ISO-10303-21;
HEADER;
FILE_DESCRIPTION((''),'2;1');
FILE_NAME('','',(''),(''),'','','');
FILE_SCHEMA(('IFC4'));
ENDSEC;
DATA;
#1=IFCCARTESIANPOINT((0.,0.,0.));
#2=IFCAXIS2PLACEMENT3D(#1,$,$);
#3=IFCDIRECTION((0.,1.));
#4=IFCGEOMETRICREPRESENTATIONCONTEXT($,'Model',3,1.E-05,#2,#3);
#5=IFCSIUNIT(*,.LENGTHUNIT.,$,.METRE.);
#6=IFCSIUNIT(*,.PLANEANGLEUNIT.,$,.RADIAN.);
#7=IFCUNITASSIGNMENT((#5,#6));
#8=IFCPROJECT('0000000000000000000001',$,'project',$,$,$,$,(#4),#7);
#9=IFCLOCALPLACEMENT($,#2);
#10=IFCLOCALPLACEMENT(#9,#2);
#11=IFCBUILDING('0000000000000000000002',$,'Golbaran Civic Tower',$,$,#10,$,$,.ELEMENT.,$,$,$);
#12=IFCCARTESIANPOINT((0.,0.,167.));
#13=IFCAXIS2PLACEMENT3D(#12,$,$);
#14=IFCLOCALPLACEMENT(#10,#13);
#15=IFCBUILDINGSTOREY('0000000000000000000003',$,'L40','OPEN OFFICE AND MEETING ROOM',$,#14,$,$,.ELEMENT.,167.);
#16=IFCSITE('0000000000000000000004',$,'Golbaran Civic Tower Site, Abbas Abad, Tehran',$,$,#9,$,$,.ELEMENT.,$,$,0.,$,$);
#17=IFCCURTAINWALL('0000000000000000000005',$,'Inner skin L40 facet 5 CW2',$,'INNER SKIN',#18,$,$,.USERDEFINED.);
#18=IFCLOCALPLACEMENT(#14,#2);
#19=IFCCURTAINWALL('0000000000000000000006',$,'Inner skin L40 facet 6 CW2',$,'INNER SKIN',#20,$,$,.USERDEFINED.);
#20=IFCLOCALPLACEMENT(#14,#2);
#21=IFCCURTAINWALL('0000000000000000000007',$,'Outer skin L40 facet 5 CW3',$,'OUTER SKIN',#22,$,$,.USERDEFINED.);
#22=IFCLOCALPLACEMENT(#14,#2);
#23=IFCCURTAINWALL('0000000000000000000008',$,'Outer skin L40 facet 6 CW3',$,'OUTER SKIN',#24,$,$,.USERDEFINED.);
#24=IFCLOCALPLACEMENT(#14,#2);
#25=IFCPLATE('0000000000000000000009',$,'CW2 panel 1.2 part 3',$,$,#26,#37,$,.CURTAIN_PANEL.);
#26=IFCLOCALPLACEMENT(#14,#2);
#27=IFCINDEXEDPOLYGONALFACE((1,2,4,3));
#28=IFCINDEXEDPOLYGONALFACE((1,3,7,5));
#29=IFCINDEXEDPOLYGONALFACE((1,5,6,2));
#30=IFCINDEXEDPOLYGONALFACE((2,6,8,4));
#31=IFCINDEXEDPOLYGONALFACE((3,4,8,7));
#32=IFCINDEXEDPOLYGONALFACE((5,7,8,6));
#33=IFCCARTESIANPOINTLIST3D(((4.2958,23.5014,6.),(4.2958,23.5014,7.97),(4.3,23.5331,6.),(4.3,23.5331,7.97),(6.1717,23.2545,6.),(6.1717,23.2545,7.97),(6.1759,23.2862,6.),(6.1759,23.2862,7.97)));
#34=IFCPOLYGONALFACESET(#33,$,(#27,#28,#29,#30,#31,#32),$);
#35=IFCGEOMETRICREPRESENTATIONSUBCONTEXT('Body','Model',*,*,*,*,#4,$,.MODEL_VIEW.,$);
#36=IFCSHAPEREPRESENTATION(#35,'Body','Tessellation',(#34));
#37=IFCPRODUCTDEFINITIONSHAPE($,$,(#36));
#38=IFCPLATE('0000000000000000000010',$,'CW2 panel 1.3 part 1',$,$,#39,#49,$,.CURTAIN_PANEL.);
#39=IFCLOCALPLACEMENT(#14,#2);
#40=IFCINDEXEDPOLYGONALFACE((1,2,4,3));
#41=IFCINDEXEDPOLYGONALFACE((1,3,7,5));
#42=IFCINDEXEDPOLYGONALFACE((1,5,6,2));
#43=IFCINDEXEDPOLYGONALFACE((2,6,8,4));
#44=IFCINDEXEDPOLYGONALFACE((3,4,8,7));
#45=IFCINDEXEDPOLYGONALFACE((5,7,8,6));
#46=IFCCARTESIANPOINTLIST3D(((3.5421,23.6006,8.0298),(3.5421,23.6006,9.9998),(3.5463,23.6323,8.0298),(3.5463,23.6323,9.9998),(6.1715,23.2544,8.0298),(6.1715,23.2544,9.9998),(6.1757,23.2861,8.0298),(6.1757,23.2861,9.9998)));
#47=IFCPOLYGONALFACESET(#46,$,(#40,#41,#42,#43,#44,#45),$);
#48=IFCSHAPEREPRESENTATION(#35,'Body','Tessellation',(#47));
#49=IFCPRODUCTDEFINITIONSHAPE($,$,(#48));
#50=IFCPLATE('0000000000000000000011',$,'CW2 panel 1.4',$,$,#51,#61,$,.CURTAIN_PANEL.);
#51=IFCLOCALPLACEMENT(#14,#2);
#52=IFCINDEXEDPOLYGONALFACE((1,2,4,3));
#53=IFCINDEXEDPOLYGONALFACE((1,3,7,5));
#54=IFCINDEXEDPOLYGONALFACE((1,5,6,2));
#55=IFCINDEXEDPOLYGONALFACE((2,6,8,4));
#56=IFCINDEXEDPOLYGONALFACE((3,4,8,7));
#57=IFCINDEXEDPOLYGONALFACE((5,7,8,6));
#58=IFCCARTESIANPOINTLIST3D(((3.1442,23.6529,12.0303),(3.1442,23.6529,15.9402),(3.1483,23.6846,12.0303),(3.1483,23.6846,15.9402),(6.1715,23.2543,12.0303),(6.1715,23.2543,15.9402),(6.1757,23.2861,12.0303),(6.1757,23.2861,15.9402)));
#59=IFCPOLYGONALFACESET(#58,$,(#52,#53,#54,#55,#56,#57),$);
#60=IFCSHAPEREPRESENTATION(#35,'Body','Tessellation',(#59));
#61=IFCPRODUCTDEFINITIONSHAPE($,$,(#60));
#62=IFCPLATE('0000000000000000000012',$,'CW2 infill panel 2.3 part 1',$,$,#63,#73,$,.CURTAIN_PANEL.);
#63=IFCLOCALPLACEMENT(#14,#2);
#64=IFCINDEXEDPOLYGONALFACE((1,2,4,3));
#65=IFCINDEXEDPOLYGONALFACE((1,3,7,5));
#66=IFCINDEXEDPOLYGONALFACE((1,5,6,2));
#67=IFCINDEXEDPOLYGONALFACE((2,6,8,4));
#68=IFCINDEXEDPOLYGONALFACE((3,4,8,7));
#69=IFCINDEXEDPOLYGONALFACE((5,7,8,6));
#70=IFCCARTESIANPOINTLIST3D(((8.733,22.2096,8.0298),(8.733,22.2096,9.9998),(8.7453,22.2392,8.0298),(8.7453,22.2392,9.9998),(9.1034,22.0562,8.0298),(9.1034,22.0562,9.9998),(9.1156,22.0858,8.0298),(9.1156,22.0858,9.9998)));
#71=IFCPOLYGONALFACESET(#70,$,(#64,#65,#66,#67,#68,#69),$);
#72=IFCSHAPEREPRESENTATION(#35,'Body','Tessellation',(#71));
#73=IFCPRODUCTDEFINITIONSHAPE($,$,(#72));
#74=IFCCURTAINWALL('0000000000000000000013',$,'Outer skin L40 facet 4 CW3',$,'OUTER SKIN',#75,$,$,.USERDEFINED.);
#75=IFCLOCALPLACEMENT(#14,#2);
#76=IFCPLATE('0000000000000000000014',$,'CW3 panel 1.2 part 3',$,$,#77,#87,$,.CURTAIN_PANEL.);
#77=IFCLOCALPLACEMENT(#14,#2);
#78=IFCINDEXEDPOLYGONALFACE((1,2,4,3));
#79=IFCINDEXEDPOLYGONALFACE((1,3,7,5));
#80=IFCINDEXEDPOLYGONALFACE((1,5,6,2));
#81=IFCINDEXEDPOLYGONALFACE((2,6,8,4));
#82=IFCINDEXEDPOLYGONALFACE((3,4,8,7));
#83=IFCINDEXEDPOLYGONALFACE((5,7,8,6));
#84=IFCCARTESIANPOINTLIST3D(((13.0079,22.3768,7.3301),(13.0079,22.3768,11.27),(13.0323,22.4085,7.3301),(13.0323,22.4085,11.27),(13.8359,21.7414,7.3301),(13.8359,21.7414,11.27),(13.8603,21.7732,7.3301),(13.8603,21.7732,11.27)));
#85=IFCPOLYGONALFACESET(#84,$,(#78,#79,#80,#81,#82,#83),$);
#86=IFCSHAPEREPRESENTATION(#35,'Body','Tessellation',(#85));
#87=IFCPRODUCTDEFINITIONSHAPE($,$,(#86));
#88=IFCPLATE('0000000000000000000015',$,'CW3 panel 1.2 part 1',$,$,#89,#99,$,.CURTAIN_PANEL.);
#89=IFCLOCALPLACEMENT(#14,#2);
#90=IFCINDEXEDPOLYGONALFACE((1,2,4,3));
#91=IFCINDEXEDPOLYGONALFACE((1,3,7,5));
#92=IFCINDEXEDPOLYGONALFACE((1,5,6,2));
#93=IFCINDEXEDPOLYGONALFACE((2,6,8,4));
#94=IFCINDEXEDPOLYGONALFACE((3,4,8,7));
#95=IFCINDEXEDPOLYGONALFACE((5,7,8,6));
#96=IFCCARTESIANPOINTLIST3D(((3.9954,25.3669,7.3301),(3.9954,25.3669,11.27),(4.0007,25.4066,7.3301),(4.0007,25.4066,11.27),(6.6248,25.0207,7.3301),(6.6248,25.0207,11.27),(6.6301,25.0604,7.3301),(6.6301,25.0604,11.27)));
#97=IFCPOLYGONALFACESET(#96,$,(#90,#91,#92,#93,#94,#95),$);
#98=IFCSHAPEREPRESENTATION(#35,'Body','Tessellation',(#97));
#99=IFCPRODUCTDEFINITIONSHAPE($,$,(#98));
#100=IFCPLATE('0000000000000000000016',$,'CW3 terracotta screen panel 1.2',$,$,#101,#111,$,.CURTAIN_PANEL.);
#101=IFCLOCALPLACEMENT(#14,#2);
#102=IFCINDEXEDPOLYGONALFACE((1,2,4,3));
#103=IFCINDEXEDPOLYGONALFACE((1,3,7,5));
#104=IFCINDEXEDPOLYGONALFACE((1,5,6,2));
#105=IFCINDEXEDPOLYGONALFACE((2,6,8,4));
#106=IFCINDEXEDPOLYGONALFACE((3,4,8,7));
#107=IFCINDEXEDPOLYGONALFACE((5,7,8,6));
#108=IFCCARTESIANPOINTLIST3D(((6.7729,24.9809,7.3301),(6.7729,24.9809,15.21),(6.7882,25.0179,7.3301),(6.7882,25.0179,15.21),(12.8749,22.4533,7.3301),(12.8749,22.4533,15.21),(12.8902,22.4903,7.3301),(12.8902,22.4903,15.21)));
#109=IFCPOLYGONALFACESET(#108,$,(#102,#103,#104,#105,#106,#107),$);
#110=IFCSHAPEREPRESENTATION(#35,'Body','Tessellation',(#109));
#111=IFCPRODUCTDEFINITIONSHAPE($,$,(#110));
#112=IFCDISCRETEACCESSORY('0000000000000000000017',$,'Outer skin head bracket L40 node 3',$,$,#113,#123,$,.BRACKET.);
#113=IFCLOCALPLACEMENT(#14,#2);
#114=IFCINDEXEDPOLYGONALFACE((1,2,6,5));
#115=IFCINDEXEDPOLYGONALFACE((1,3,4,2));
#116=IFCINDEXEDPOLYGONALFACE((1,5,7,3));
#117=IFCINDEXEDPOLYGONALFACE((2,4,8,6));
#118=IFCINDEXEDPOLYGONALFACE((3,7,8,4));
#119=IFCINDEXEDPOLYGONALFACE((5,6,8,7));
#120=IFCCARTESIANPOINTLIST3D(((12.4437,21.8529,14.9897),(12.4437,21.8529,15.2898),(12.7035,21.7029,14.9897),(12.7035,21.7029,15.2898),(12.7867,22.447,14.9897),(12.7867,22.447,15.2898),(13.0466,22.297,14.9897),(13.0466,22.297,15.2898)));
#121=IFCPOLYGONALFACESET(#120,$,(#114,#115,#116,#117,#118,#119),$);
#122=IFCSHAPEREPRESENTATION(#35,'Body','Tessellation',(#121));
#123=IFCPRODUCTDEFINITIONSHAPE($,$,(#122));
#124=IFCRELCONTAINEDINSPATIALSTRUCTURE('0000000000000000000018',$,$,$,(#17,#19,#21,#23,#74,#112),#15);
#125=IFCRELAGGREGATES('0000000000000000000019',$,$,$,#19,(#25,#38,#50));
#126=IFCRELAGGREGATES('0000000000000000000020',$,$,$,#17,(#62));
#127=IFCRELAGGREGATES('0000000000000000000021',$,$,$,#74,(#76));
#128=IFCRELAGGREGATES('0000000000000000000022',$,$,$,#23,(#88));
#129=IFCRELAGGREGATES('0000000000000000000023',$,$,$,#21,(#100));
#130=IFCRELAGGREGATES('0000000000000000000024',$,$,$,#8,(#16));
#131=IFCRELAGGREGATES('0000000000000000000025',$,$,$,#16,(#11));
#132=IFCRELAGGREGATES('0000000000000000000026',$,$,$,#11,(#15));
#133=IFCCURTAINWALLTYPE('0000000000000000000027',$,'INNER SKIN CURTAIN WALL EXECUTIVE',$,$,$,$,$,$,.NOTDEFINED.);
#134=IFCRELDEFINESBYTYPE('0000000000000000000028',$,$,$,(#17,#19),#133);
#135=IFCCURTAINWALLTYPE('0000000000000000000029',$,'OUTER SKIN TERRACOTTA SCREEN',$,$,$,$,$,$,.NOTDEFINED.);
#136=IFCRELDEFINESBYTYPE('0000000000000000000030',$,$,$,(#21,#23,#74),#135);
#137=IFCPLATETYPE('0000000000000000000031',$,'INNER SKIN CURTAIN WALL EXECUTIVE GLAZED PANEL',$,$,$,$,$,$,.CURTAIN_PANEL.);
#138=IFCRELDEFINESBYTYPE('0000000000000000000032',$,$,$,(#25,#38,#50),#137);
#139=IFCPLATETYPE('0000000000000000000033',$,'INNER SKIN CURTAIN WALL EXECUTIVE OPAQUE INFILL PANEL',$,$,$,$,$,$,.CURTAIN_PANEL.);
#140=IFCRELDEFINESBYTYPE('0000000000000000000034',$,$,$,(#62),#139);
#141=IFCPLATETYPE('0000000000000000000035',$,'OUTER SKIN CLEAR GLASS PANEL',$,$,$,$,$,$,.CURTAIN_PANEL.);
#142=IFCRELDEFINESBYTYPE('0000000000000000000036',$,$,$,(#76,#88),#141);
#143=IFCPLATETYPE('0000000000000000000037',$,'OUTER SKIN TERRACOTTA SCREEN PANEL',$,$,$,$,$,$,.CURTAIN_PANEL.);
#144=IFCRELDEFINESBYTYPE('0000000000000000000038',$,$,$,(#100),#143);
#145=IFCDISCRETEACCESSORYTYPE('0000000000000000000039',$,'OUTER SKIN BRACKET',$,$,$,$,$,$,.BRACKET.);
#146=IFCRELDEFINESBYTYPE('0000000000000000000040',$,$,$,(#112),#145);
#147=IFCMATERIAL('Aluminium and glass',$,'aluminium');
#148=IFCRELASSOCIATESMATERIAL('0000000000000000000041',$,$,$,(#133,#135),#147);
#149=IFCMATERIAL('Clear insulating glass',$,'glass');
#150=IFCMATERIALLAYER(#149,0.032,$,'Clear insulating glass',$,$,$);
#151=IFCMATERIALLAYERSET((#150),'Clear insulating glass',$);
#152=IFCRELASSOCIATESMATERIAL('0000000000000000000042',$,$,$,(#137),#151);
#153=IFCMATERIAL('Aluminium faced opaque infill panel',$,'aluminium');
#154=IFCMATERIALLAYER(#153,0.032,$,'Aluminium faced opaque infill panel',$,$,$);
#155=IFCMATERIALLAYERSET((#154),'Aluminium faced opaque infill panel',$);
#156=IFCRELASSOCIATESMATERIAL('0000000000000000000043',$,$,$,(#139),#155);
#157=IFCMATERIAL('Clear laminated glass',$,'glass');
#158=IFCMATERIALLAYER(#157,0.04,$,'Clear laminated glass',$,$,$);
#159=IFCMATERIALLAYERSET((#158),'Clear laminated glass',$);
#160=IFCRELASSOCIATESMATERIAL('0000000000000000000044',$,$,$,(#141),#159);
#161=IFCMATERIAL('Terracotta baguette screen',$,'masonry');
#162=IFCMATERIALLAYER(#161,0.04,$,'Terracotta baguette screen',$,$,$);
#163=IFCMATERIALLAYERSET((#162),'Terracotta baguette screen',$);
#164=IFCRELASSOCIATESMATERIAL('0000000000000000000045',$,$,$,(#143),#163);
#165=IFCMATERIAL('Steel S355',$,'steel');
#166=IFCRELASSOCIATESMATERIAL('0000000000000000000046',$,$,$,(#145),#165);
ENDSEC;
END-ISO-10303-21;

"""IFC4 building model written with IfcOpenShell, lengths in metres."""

from ifc_helpers import new_model, si_unit, direction, frame, origin, origin_2d, place, context, subcontext, project, spatial, rectangle, extrude, material, layer, layer_set, type_object, element, aggregate, save


model = new_model("IFC4")

# Units and contexts
model_context = context("Model", 3, precision=1e-05, world=origin(), true_north=direction((0.0, 1.0)))
body_context = subcontext(model_context, "Body", "Model", "MODEL_VIEW")
ifc_project = project(units=[si_unit("LENGTHUNIT", "METRE"), si_unit("PLANEANGLEUNIT", "RADIAN")], contexts=[model_context])

# Site, building, storey
site_placement = place(None, origin())
site = spatial("IfcSite", under=ifc_project, at=site_placement, Name="Golbaran Civic Tower Site, Abbas Abad, Tehran", CompositionType="ELEMENT", RefElevation=0.0)
building_placement = place(site_placement, origin())
building = spatial("IfcBuilding", under=site, at=building_placement, Name="Golbaran Civic Tower", CompositionType="ELEMENT")
storey_placement = place(building_placement, frame((0.0, 0.0, 167.0)))
storey = spatial("IfcBuildingStorey", under=building, at=storey_placement, Name="L40", Description="OPEN OFFICE AND MEETING ROOM", CompositionType="ELEMENT", Elevation=167.0)

# Curtain walls
ifc_material_1 = material(Name="Aluminium and glass", Category="aluminium")
curtain_wall_type_1 = type_object("IfcCurtainWallType", Name="INNER SKIN CURTAIN WALL EXECUTIVE", PredefinedType="NOTDEFINED", material=ifc_material_1)
curtain_wall_1_placement = place(storey_placement, origin())
curtain_wall_1 = element("IfcCurtainWall", 1, at=curtain_wall_1_placement, inside=storey, type_object=curtain_wall_type_1, Name="Inner skin L40 facet 5 CW2", ObjectType="INNER SKIN", PredefinedType="USERDEFINED")
curtain_wall_2_placement = place(storey_placement, origin())
curtain_wall_2 = element("IfcCurtainWall", 2, at=curtain_wall_2_placement, inside=storey, type_object=curtain_wall_type_1, Name="Inner skin L40 facet 6 CW2", ObjectType="INNER SKIN", PredefinedType="USERDEFINED")
curtain_wall_type_2 = type_object("IfcCurtainWallType", Name="OUTER SKIN TERRACOTTA SCREEN", PredefinedType="NOTDEFINED", material=ifc_material_1)
curtain_wall_3_placement = place(storey_placement, origin())
curtain_wall_3 = element("IfcCurtainWall", 3, at=curtain_wall_3_placement, inside=storey, type_object=curtain_wall_type_2, Name="Outer skin L40 facet 5 CW3", ObjectType="OUTER SKIN", PredefinedType="USERDEFINED")
curtain_wall_4_placement = place(storey_placement, origin())
curtain_wall_4 = element("IfcCurtainWall", 4, at=curtain_wall_4_placement, inside=storey, type_object=curtain_wall_type_2, Name="Outer skin L40 facet 6 CW3", ObjectType="OUTER SKIN", PredefinedType="USERDEFINED")

# Plates
ifc_material_2 = material(Name="Clear insulating glass", Category="glass")
ifc_layer_1 = layer(ifc_material_2, 0.032, Name="Clear insulating glass")
ifc_layer_set_1 = layer_set([ifc_layer_1], Name="Clear insulating glass")
plate_type_1 = type_object("IfcPlateType", Name="INNER SKIN CURTAIN WALL EXECUTIVE GLAZED PANEL", PredefinedType="CURTAIN_PANEL", material=ifc_layer_set_1)
plate_1_placement = place(storey_placement, frame((5.2358, 23.3938, 6.0), z_axis=(0.0, 0.0, 1.0), x_axis=(-0.991445, 0.130526, 0.0)))
plate_1 = element("IfcPlate", 5, at=plate_1_placement, type_object=plate_type_1, Name="CW2 panel 1.2 part 3", PredefinedType="CURTAIN_PANEL", context=body_context, shape_type="SweptSolid", body=[
    extrude(rectangle(XDim=1.8921, YDim=0.032, at=origin_2d()), origin(), (0.0, 0.0, 1.0), 1.97),
])
plate_2_placement = place(storey_placement, frame((4.8589, 23.4434, 8.0298), z_axis=(0.0, 0.0, 1.0), x_axis=(-0.991445, 0.130526, 0.0)))
plate_2 = element("IfcPlate", 6, at=plate_2_placement, type_object=plate_type_1, Name="CW2 panel 1.3 part 1", PredefinedType="CURTAIN_PANEL", context=body_context, shape_type="SweptSolid", body=[
    extrude(rectangle(XDim=2.6521, YDim=0.032, at=origin_2d()), origin(), (0.0, 0.0, 1.0), 1.97),
])
plate_3_placement = place(storey_placement, frame((4.6599, 23.4695, 12.0303), z_axis=(0.0, 0.0, 1.0), x_axis=(-0.991445, 0.130526, 0.0)))
plate_3 = element("IfcPlate", 7, at=plate_3_placement, type_object=plate_type_1, Name="CW2 panel 1.4", PredefinedType="CURTAIN_PANEL", context=body_context, shape_type="SweptSolid", body=[
    extrude(rectangle(XDim=3.0535, YDim=0.032, at=origin_2d()), origin(), (0.0, 0.0, 1.0), 3.9099),
])
aggregate(curtain_wall_2, [plate_1, plate_2, plate_3])
ifc_material_3 = material(Name="Aluminium faced opaque infill panel", Category="aluminium")
ifc_layer_2 = layer(ifc_material_3, 0.032, Name="Aluminium faced opaque infill panel")
ifc_layer_set_2 = layer_set([ifc_layer_2], Name="Aluminium faced opaque infill panel")
plate_type_2 = type_object("IfcPlateType", Name="INNER SKIN CURTAIN WALL EXECUTIVE OPAQUE INFILL PANEL", PredefinedType="CURTAIN_PANEL", material=ifc_layer_set_2)
plate_4_placement = place(storey_placement, frame((8.9243, 22.1477, 8.0298), z_axis=(0.0, 0.0, 1.0), x_axis=(-0.92388, 0.382683, 0.0)))
plate_4 = element("IfcPlate", 8, at=plate_4_placement, type_object=plate_type_2, Name="CW2 infill panel 2.3 part 1", PredefinedType="CURTAIN_PANEL", context=body_context, shape_type="SweptSolid", body=[
    extrude(rectangle(XDim=0.4009, YDim=0.032, at=origin_2d()), origin(), (0.0, 0.0, 1.0), 1.97),
])
aggregate(curtain_wall_1, [plate_4])

# Curtain wall, plate
curtain_wall_5_placement = place(storey_placement, origin())
curtain_wall_5 = element("IfcCurtainWall", 9, at=curtain_wall_5_placement, inside=storey, type_object=curtain_wall_type_2, Name="Outer skin L40 facet 4 CW3", ObjectType="OUTER SKIN", PredefinedType="USERDEFINED")
ifc_material_4 = material(Name="Clear laminated glass", Category="glass")
ifc_layer_3 = layer(ifc_material_4, 0.04, Name="Clear laminated glass")
ifc_layer_set_3 = layer_set([ifc_layer_3], Name="Clear laminated glass")
plate_type_3 = type_object("IfcPlateType", Name="OUTER SKIN CLEAR GLASS PANEL", PredefinedType="CURTAIN_PANEL", material=ifc_layer_set_3)
plate_5_placement = place(storey_placement, frame((13.4341, 22.075, 7.3301), z_axis=(0.0, 0.0, 1.0), x_axis=(-0.793353, 0.608761, 0.0)))
plate_5 = element("IfcPlate", 10, at=plate_5_placement, type_object=plate_type_3, Name="CW3 panel 1.2 part 3", PredefinedType="CURTAIN_PANEL", context=body_context, shape_type="SweptSolid", body=[
    extrude(rectangle(XDim=1.0437, YDim=0.04, at=origin_2d()), origin(), (0.0, 0.0, 1.0), 3.9399),
])
aggregate(curtain_wall_5, [plate_5])

# Plates
plate_6_placement = place(storey_placement, frame((5.3127, 25.2136, 7.3301), z_axis=(0.0, 0.0, 1.0), x_axis=(-0.991445, 0.130526, 0.0)))
plate_6 = element("IfcPlate", 11, at=plate_6_placement, type_object=plate_type_3, Name="CW3 panel 1.2 part 1", PredefinedType="CURTAIN_PANEL", context=body_context, shape_type="SweptSolid", body=[
    extrude(rectangle(XDim=2.6521, YDim=0.04, at=origin_2d()), origin(), (0.0, 0.0, 1.0), 3.9399),
])
aggregate(curtain_wall_4, [plate_6])
ifc_material_5 = material(Name="Terracotta baguette screen", Category="masonry")
ifc_layer_4 = layer(ifc_material_5, 0.04, Name="Terracotta baguette screen")
ifc_layer_set_4 = layer_set([ifc_layer_4], Name="Terracotta baguette screen")
plate_type_4 = type_object("IfcPlateType", Name="OUTER SKIN TERRACOTTA SCREEN PANEL", PredefinedType="CURTAIN_PANEL", material=ifc_layer_set_4)
plate_7_placement = place(storey_placement, frame((9.8315, 23.7356, 7.3301), z_axis=(0.0, 0.0, 1.0), x_axis=(-0.92388, 0.382683, 0.0)))
plate_7 = element("IfcPlate", 12, at=plate_7_placement, type_object=plate_type_4, Name="CW3 terracotta screen panel 1.2", PredefinedType="CURTAIN_PANEL", context=body_context, shape_type="SweptSolid", body=[
    extrude(rectangle(XDim=6.6047, YDim=0.04, at=origin_2d()), origin(), (0.0, 0.0, 1.0), 7.8799),
])
aggregate(curtain_wall_3, [plate_7])

# Discrete accessory
ifc_material_6 = material(Name="Steel S355", Category="steel")
discrete_accessory_type = type_object("IfcDiscreteAccessoryType", Name="OUTER SKIN BRACKET", PredefinedType="BRACKET", material=ifc_material_6)
discrete_accessory_placement = place(storey_placement, frame((12.7451, 22.075, 14.9897), z_axis=(0.0, 0.0, 1.0), x_axis=(0.5, 0.866025, 0.0)))
element("IfcDiscreteAccessory", 13, at=discrete_accessory_placement, inside=storey, type_object=discrete_accessory_type, Name="Outer skin head bracket L40 node 3", PredefinedType="BRACKET", context=body_context, shape_type="SweptSolid", body=[
    extrude(rectangle(XDim=0.686, YDim=0.3, at=origin_2d()), origin(), (0.0, 0.0, 1.0), 0.3),
])

save(model, "model.ifc")
